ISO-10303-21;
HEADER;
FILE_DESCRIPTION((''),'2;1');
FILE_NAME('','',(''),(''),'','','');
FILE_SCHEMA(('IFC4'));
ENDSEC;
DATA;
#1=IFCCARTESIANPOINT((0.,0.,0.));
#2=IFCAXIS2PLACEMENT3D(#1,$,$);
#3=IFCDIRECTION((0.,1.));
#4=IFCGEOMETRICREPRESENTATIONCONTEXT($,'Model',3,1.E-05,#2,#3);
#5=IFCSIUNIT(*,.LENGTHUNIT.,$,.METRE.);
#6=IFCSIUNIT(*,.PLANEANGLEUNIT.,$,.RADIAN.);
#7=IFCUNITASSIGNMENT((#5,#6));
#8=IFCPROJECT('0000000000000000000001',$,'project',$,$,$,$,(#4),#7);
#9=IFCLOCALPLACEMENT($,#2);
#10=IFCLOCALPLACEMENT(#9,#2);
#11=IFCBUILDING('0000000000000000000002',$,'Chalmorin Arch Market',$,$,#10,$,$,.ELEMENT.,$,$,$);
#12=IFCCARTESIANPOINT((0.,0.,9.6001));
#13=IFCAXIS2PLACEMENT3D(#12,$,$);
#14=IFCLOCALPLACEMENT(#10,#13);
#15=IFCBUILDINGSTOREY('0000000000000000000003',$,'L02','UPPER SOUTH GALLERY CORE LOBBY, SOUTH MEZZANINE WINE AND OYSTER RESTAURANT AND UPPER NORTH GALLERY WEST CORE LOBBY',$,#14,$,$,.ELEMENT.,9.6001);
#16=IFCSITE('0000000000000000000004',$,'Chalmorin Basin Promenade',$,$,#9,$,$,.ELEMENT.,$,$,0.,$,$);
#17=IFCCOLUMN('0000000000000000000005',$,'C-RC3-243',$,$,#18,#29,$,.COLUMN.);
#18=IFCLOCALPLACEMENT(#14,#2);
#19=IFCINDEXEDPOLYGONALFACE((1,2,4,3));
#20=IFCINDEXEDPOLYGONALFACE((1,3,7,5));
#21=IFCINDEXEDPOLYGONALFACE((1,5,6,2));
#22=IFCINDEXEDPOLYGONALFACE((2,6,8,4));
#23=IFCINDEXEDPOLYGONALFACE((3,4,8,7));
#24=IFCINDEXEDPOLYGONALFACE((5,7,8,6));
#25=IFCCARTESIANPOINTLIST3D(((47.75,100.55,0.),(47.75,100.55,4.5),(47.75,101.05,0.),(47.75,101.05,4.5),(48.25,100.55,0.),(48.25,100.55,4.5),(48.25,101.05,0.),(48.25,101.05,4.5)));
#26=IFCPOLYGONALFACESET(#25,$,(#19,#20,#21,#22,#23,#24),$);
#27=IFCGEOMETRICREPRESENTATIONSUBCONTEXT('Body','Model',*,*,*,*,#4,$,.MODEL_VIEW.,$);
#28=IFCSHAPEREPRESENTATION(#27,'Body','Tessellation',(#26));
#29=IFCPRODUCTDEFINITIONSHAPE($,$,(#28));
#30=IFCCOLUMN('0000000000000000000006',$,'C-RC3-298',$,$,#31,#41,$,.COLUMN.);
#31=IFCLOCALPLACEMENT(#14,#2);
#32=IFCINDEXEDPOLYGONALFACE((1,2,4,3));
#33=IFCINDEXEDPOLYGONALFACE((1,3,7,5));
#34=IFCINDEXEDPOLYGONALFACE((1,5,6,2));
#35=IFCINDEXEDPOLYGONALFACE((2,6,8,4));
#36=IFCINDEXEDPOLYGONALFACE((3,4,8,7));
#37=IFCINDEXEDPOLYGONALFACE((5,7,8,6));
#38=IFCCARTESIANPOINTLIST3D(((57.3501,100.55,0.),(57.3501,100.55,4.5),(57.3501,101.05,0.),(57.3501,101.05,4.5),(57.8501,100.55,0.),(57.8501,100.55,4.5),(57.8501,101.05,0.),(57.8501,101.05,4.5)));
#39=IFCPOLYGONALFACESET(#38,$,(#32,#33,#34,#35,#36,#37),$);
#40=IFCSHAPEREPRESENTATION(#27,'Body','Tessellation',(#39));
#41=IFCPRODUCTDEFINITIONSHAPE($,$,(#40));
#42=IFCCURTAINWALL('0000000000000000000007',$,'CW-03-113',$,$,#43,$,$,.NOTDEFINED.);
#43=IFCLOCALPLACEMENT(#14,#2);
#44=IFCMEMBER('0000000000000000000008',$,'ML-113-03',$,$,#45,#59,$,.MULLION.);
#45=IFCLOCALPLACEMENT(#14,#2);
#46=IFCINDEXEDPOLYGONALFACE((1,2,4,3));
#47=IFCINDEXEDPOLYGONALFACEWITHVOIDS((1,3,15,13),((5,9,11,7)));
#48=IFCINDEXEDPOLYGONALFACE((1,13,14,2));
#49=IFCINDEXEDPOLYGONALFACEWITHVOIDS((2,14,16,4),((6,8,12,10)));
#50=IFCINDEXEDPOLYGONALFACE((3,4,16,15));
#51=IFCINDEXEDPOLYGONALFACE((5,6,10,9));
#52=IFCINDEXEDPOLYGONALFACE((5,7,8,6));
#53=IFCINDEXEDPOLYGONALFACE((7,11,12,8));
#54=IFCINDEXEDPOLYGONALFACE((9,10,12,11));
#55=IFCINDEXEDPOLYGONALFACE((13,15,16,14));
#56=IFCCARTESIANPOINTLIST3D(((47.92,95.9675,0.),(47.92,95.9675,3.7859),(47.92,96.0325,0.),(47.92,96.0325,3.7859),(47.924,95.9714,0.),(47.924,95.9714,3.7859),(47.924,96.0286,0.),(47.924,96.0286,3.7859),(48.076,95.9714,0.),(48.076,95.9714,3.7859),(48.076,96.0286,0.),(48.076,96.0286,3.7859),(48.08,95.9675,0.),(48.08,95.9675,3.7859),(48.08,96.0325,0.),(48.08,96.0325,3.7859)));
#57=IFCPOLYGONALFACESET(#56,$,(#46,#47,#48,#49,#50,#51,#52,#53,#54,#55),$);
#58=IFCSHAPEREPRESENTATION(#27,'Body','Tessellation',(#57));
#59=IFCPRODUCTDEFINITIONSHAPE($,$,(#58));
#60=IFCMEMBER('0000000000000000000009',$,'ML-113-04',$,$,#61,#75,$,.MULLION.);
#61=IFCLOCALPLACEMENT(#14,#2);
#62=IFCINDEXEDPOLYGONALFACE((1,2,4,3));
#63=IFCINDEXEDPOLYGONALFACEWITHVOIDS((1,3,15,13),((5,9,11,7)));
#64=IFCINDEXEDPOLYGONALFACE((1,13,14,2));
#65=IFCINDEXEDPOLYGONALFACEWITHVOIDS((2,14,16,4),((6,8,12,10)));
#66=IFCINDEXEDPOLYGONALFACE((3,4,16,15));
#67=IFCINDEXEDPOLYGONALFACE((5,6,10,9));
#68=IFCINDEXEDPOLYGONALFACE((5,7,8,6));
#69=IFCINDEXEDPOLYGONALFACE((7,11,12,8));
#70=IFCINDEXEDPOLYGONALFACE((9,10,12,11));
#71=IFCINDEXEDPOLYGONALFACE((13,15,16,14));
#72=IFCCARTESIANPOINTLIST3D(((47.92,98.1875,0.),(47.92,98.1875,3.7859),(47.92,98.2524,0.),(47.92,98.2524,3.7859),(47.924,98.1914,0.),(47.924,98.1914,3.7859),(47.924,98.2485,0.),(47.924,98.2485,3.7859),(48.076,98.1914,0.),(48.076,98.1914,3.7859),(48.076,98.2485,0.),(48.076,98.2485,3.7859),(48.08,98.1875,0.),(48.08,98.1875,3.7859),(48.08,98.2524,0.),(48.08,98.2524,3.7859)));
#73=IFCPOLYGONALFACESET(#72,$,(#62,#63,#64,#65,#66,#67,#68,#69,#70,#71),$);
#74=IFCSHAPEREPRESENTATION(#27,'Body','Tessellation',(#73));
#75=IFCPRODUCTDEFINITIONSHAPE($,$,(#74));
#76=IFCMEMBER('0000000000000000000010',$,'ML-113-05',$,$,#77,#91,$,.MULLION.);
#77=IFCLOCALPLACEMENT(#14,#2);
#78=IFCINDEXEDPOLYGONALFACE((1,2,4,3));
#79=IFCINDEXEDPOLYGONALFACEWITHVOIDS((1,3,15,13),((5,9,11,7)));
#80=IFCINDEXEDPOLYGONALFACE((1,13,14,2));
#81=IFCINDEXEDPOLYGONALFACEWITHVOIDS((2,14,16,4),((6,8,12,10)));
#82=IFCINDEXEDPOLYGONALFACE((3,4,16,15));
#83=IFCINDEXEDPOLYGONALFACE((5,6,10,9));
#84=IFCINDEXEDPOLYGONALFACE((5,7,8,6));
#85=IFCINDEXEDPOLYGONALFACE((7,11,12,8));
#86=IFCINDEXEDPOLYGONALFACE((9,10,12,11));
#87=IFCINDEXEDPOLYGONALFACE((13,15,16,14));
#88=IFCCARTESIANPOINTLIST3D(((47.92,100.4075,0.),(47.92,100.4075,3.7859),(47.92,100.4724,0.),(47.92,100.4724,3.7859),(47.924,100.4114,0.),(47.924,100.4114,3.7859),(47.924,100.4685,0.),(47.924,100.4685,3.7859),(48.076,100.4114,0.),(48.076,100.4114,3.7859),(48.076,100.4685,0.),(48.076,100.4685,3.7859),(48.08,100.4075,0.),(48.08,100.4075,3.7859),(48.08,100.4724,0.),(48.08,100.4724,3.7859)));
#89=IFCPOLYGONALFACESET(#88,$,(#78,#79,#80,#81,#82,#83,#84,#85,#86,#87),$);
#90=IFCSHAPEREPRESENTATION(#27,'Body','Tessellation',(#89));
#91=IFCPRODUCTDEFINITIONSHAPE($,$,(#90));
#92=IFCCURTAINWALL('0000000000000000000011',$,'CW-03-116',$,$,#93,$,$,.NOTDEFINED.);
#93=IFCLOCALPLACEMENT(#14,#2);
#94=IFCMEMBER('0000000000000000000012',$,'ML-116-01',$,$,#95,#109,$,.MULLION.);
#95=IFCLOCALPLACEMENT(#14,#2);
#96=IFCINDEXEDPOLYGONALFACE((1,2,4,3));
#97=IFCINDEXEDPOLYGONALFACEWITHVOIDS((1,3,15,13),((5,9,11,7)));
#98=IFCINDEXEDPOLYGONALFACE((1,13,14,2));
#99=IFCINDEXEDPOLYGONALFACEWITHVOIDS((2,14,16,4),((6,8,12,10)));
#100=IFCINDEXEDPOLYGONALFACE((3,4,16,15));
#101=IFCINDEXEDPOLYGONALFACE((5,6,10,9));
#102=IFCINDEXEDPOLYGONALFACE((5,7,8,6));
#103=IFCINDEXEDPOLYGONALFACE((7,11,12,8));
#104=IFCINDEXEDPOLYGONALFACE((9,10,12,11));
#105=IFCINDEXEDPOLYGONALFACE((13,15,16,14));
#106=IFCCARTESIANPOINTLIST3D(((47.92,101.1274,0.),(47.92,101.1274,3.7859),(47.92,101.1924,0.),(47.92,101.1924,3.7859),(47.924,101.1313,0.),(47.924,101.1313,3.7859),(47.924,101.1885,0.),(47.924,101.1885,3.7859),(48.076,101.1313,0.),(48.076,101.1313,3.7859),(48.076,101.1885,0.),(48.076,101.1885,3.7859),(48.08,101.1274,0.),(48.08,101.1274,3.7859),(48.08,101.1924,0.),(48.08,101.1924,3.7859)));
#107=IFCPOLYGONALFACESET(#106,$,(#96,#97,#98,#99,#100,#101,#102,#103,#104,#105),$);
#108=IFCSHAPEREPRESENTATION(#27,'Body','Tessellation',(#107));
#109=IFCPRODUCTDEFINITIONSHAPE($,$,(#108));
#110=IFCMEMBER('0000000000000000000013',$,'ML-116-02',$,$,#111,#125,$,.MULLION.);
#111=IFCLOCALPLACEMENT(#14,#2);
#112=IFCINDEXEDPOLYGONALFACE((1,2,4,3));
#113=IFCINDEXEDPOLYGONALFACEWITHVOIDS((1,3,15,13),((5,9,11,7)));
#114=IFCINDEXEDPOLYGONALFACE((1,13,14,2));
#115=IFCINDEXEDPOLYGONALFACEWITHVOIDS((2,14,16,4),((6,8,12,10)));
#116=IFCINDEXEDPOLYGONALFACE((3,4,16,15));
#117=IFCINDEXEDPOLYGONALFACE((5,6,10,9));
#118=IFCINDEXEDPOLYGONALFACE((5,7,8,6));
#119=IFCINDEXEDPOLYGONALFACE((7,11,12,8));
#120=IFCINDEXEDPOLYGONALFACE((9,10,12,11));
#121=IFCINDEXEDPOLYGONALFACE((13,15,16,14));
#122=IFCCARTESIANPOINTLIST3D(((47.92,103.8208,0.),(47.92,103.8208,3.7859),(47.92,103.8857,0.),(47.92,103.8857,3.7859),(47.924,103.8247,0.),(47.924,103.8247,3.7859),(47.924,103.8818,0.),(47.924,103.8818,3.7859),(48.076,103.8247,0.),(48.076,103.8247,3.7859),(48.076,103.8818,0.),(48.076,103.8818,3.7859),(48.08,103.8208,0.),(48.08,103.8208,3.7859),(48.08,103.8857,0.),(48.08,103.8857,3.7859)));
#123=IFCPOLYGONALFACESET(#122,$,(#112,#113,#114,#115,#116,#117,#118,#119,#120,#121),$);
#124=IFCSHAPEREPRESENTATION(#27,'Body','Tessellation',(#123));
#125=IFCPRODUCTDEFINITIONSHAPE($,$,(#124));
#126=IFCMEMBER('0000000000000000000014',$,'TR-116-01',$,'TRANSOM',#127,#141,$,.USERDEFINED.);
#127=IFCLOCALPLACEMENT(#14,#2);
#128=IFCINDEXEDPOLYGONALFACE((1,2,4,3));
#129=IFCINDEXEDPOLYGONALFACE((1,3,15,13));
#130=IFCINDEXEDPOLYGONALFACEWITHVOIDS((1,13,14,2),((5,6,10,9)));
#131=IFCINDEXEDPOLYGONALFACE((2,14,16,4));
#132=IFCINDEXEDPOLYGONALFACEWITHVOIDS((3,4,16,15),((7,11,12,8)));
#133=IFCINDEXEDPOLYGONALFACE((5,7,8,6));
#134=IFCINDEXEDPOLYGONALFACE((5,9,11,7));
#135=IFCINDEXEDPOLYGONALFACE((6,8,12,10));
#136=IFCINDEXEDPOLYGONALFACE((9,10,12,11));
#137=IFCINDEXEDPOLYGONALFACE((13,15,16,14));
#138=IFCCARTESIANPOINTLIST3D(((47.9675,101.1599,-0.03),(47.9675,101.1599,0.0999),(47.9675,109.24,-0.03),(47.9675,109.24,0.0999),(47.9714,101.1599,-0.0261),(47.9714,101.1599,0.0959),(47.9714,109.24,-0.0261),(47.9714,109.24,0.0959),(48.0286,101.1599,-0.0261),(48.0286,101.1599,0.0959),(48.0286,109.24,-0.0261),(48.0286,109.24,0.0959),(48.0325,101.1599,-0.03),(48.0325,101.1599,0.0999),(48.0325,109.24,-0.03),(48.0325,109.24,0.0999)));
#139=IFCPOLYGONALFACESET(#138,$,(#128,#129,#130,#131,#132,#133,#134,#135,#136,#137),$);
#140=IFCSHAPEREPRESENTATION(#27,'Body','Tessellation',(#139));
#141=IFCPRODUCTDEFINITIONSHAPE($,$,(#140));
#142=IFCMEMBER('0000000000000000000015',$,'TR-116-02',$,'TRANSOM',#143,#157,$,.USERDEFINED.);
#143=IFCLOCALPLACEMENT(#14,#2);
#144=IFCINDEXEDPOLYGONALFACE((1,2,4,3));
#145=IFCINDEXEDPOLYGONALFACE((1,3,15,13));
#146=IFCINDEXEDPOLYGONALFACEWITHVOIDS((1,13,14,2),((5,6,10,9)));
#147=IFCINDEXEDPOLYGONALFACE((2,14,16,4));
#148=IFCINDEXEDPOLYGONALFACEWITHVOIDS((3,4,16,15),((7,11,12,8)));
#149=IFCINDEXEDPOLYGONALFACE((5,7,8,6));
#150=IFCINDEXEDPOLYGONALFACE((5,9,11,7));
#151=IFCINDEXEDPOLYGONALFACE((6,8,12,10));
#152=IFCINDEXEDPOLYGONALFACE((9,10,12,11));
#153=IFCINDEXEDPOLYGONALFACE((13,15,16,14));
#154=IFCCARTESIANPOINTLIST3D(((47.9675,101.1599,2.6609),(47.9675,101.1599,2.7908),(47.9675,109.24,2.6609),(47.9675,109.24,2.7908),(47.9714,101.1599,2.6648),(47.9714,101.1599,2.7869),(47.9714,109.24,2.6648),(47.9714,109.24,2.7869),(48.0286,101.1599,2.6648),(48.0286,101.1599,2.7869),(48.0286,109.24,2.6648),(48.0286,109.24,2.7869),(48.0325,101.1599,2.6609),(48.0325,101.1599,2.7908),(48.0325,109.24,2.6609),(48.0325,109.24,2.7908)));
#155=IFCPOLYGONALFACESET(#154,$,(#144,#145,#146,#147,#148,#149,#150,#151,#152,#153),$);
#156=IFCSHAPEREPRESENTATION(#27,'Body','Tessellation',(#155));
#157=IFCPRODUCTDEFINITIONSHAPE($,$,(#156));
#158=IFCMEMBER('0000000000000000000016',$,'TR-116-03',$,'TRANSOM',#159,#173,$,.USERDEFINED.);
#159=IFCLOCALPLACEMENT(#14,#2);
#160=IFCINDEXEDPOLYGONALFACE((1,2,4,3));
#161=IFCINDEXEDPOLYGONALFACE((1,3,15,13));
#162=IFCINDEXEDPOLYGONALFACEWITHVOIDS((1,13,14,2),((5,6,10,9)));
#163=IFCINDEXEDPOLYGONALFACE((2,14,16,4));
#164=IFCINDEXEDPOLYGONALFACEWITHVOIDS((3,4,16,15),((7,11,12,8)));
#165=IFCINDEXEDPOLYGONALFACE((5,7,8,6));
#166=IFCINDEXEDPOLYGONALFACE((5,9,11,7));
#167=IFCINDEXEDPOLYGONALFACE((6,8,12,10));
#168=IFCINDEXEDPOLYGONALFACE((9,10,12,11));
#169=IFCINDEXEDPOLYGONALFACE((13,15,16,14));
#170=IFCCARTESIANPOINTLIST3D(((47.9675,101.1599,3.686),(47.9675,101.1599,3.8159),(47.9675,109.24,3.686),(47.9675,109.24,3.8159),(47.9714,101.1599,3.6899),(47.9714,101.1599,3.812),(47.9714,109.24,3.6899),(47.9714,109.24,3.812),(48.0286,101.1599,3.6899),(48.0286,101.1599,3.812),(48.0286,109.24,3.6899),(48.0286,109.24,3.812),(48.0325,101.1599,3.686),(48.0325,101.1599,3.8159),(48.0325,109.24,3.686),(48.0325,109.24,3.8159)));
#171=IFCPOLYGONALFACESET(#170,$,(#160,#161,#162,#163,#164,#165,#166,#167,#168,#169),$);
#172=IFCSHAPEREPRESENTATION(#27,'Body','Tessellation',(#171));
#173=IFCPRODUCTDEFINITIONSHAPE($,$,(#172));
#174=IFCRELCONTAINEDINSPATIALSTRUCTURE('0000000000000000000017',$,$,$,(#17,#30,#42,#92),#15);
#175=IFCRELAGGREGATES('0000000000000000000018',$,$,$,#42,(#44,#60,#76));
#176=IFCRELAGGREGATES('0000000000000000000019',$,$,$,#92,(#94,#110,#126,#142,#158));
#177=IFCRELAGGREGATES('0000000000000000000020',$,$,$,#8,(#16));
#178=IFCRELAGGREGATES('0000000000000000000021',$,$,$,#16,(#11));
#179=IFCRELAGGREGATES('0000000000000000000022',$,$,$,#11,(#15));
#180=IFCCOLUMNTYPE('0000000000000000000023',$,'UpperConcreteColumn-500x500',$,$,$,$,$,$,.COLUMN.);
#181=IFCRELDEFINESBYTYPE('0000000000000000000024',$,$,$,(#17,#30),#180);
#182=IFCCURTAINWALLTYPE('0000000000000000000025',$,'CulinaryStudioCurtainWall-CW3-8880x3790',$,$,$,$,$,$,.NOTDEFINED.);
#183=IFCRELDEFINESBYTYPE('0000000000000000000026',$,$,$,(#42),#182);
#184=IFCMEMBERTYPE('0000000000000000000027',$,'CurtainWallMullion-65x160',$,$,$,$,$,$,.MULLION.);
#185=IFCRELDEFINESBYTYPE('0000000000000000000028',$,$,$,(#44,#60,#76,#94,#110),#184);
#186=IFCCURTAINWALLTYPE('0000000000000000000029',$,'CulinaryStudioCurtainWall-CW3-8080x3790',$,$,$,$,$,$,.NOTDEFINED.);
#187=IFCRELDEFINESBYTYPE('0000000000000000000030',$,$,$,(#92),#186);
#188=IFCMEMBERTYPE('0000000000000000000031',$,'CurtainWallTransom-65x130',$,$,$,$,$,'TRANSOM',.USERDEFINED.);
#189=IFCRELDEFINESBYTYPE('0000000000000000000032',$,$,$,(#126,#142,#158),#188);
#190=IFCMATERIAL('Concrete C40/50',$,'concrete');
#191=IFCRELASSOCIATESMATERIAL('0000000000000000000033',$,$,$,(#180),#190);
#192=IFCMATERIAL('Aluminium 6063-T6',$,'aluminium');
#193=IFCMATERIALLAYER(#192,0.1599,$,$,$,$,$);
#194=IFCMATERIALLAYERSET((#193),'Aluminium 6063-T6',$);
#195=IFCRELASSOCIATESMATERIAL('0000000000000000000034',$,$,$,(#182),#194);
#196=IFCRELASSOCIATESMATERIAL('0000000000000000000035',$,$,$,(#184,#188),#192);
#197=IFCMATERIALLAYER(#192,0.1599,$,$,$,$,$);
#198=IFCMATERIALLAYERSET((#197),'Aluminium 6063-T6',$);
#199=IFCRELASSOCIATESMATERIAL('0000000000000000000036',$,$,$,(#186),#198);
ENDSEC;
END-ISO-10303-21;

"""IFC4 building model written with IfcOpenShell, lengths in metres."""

from ifc_helpers import new_model, si_unit, direction, frame, origin, origin_2d, place, context, subcontext, project, spatial, rectangle, hollow_rectangle, extrude, material, layer, layer_set, material_profile, profile_set, type_object, element, aggregate, save


model = new_model("IFC4")

# Units and contexts
model_context = context("Model", 3, precision=1e-05, world=origin(), true_north=direction((0.0, 1.0)))
body_context = subcontext(model_context, "Body", "Model", "MODEL_VIEW")
ifc_project = project(units=[si_unit("LENGTHUNIT", "METRE"), si_unit("PLANEANGLEUNIT", "RADIAN")], contexts=[model_context])

# Site, building, storey
site_placement = place(None, origin())
site = spatial("IfcSite", under=ifc_project, at=site_placement, Name="Chalmorin Basin Promenade", CompositionType="ELEMENT", RefElevation=0.0)
building_placement = place(site_placement, origin())
building = spatial("IfcBuilding", under=site, at=building_placement, Name="Chalmorin Arch Market", CompositionType="ELEMENT")
storey_placement = place(building_placement, frame((0.0, 0.0, 9.6001)))
storey = spatial("IfcBuildingStorey", under=building, at=storey_placement, Name="L02", Description="UPPER SOUTH GALLERY CORE LOBBY, SOUTH MEZZANINE WINE AND OYSTER RESTAURANT AND UPPER NORTH GALLERY WEST CORE LOBBY", CompositionType="ELEMENT", Elevation=9.6001)

# Columns
ifc_material_1 = material(Name="Concrete C40/50", Category="concrete")
ifc_material_profile_1 = material_profile(ifc_material_1, rectangle(XDim=0.5, YDim=0.5, at=origin_2d()), Name="RC500X500")
ifc_profile_set_1 = profile_set([ifc_material_profile_1], Name="Concrete C40/50")
column_type = type_object("IfcColumnType", Name="UpperConcreteColumn-500x500", PredefinedType="COLUMN", material=ifc_profile_set_1)
for number, where, z_axis, x_axis, name in (
    (1, (48.0, 100.8, 0.0), (0.0, 0.0, 1.0), (1.0, 0.0, 0.0), "C-RC3-243"),
    (2, (57.6001, 100.8, 0.0), (0.0, 0.0, 1.0), (1.0, 0.0, 0.0), "C-RC3-298"),
):
    element("IfcColumn", number, at=place(storey_placement, frame(where, z_axis=z_axis, x_axis=x_axis)), inside=storey, type_object=column_type, Name=name, PredefinedType="COLUMN", context=body_context, shape_type="SweptSolid", body=[
        extrude(rectangle(XDim=0.5, YDim=0.5, at=origin_2d()), origin(), (0.0, 0.0, 1.0), 4.5),
    ])

# Curtain walls, members
ifc_material_2 = material(Name="Aluminium 6063-T6", Category="aluminium")
ifc_layer_1 = layer(ifc_material_2, 0.1599)
ifc_layer_set_1 = layer_set([ifc_layer_1], Name="Aluminium 6063-T6")
curtain_wall_type_1 = type_object("IfcCurtainWallType", Name="CulinaryStudioCurtainWall-CW3-8880x3790", PredefinedType="NOTDEFINED", material=ifc_layer_set_1)
curtain_wall_1_placement = place(storey_placement, origin())
curtain_wall_1 = element("IfcCurtainWall", 3, at=curtain_wall_1_placement, inside=storey, type_object=curtain_wall_type_1, Name="CW-03-113", PredefinedType="NOTDEFINED")
ifc_material_profile_2 = material_profile(ifc_material_2, hollow_rectangle(XDim=0.0649, YDim=0.1599, WallThickness=0.0039, at=origin_2d()), Name="ALU65X160X4")
ifc_profile_set_2 = profile_set([ifc_material_profile_2], Name="Aluminium 6063-T6")
member_type_1 = type_object("IfcMemberType", Name="CurtainWallMullion-65x160", PredefinedType="MULLION", material=ifc_profile_set_2)
member_1_placement = place(storey_placement, frame((48.0, 96.0, 0.0), z_axis=(0.0, 0.0, 1.0), x_axis=(0.0, 1.0, 0.0)))
member_1 = element("IfcMember", 4, at=member_1_placement, type_object=member_type_1, Name="ML-113-03", PredefinedType="MULLION", context=body_context, shape_type="SweptSolid", body=[
    extrude(hollow_rectangle(XDim=0.0649, YDim=0.1599, WallThickness=0.0039, at=origin_2d()), origin(), (0.0, 0.0, 1.0), 3.7859),
])
member_2_placement = place(storey_placement, frame((48.0, 98.22, 0.0), z_axis=(0.0, 0.0, 1.0), x_axis=(0.0, 1.0, 0.0)))
member_2 = element("IfcMember", 5, at=member_2_placement, type_object=member_type_1, Name="ML-113-04", PredefinedType="MULLION", context=body_context, shape_type="SweptSolid", body=[
    extrude(hollow_rectangle(XDim=0.0649, YDim=0.1599, WallThickness=0.0039, at=origin_2d()), origin(), (0.0, 0.0, 1.0), 3.7859),
])
member_3_placement = place(storey_placement, frame((48.0, 100.4399, 0.0), z_axis=(0.0, 0.0, 1.0), x_axis=(0.0, 1.0, 0.0)))
member_3 = element("IfcMember", 6, at=member_3_placement, type_object=member_type_1, Name="ML-113-05", PredefinedType="MULLION", context=body_context, shape_type="SweptSolid", body=[
    extrude(hollow_rectangle(XDim=0.0649, YDim=0.1599, WallThickness=0.0039, at=origin_2d()), origin(), (0.0, 0.0, 1.0), 3.7859),
])
ifc_layer_2 = layer(ifc_material_2, 0.1599)
ifc_layer_set_2 = layer_set([ifc_layer_2], Name="Aluminium 6063-T6")
curtain_wall_type_2 = type_object("IfcCurtainWallType", Name="CulinaryStudioCurtainWall-CW3-8080x3790", PredefinedType="NOTDEFINED", material=ifc_layer_set_2)
curtain_wall_2_placement = place(storey_placement, origin())
curtain_wall_2 = element("IfcCurtainWall", 7, at=curtain_wall_2_placement, inside=storey, type_object=curtain_wall_type_2, Name="CW-03-116", PredefinedType="NOTDEFINED")
member_4_placement = place(storey_placement, frame((48.0, 101.1599, 0.0), z_axis=(0.0, 0.0, 1.0), x_axis=(0.0, 1.0, 0.0)))
member_4 = element("IfcMember", 8, at=member_4_placement, type_object=member_type_1, Name="ML-116-01", PredefinedType="MULLION", context=body_context, shape_type="SweptSolid", body=[
    extrude(hollow_rectangle(XDim=0.0649, YDim=0.1599, WallThickness=0.0039, at=origin_2d()), origin(), (0.0, 0.0, 1.0), 3.7859),
])
member_5_placement = place(storey_placement, frame((48.0, 103.8533, 0.0), z_axis=(0.0, 0.0, 1.0), x_axis=(0.0, 1.0, 0.0)))
member_5 = element("IfcMember", 9, at=member_5_placement, type_object=member_type_1, Name="ML-116-02", PredefinedType="MULLION", context=body_context, shape_type="SweptSolid", body=[
    extrude(hollow_rectangle(XDim=0.0649, YDim=0.1599, WallThickness=0.0039, at=origin_2d()), origin(), (0.0, 0.0, 1.0), 3.7859),
])
ifc_material_profile_3 = material_profile(ifc_material_2, hollow_rectangle(XDim=0.0649, YDim=0.1299, WallThickness=0.0039, at=origin_2d()), Name="ALU65X130X4")
ifc_profile_set_3 = profile_set([ifc_material_profile_3], Name="Aluminium 6063-T6")
member_type_2 = type_object("IfcMemberType", Name="CurtainWallTransom-65x130", ElementType="TRANSOM", PredefinedType="USERDEFINED", material=ifc_profile_set_3)
member_6_placement = place(storey_placement, frame((48.0, 101.1599, 0.0349), z_axis=(0.0, 1.0, 0.0), x_axis=(-1.0, 0.0, 0.0)))
member_6 = element("IfcMember", 10, at=member_6_placement, type_object=member_type_2, Name="TR-116-01", ObjectType="TRANSOM", PredefinedType="USERDEFINED", context=body_context, shape_type="SweptSolid", body=[
    extrude(hollow_rectangle(XDim=0.0649, YDim=0.1299, WallThickness=0.0039, at=origin_2d()), origin(), (0.0, 0.0, 1.0), 8.0801),
])
member_7_placement = place(storey_placement, frame((48.0, 101.1599, 2.7258), z_axis=(0.0, 1.0, 0.0), x_axis=(-1.0, 0.0, 0.0)))
member_7 = element("IfcMember", 11, at=member_7_placement, type_object=member_type_2, Name="TR-116-02", ObjectType="TRANSOM", PredefinedType="USERDEFINED", context=body_context, shape_type="SweptSolid", body=[
    extrude(hollow_rectangle(XDim=0.0649, YDim=0.1299, WallThickness=0.0039, at=origin_2d()), origin(), (0.0, 0.0, 1.0), 8.0801),
])
member_8_placement = place(storey_placement, frame((48.0, 101.1599, 3.751), z_axis=(0.0, 1.0, 0.0), x_axis=(-1.0, 0.0, 0.0)))
member_8 = element("IfcMember", 12, at=member_8_placement, type_object=member_type_2, Name="TR-116-03", ObjectType="TRANSOM", PredefinedType="USERDEFINED", context=body_context, shape_type="SweptSolid", body=[
    extrude(hollow_rectangle(XDim=0.0649, YDim=0.1299, WallThickness=0.0039, at=origin_2d()), origin(), (0.0, 0.0, 1.0), 8.0801),
])

aggregate(curtain_wall_1, [member_1, member_2, member_3])
aggregate(curtain_wall_2, [member_4, member_5, member_6, member_7, member_8])

save(model, "model.ifc")
